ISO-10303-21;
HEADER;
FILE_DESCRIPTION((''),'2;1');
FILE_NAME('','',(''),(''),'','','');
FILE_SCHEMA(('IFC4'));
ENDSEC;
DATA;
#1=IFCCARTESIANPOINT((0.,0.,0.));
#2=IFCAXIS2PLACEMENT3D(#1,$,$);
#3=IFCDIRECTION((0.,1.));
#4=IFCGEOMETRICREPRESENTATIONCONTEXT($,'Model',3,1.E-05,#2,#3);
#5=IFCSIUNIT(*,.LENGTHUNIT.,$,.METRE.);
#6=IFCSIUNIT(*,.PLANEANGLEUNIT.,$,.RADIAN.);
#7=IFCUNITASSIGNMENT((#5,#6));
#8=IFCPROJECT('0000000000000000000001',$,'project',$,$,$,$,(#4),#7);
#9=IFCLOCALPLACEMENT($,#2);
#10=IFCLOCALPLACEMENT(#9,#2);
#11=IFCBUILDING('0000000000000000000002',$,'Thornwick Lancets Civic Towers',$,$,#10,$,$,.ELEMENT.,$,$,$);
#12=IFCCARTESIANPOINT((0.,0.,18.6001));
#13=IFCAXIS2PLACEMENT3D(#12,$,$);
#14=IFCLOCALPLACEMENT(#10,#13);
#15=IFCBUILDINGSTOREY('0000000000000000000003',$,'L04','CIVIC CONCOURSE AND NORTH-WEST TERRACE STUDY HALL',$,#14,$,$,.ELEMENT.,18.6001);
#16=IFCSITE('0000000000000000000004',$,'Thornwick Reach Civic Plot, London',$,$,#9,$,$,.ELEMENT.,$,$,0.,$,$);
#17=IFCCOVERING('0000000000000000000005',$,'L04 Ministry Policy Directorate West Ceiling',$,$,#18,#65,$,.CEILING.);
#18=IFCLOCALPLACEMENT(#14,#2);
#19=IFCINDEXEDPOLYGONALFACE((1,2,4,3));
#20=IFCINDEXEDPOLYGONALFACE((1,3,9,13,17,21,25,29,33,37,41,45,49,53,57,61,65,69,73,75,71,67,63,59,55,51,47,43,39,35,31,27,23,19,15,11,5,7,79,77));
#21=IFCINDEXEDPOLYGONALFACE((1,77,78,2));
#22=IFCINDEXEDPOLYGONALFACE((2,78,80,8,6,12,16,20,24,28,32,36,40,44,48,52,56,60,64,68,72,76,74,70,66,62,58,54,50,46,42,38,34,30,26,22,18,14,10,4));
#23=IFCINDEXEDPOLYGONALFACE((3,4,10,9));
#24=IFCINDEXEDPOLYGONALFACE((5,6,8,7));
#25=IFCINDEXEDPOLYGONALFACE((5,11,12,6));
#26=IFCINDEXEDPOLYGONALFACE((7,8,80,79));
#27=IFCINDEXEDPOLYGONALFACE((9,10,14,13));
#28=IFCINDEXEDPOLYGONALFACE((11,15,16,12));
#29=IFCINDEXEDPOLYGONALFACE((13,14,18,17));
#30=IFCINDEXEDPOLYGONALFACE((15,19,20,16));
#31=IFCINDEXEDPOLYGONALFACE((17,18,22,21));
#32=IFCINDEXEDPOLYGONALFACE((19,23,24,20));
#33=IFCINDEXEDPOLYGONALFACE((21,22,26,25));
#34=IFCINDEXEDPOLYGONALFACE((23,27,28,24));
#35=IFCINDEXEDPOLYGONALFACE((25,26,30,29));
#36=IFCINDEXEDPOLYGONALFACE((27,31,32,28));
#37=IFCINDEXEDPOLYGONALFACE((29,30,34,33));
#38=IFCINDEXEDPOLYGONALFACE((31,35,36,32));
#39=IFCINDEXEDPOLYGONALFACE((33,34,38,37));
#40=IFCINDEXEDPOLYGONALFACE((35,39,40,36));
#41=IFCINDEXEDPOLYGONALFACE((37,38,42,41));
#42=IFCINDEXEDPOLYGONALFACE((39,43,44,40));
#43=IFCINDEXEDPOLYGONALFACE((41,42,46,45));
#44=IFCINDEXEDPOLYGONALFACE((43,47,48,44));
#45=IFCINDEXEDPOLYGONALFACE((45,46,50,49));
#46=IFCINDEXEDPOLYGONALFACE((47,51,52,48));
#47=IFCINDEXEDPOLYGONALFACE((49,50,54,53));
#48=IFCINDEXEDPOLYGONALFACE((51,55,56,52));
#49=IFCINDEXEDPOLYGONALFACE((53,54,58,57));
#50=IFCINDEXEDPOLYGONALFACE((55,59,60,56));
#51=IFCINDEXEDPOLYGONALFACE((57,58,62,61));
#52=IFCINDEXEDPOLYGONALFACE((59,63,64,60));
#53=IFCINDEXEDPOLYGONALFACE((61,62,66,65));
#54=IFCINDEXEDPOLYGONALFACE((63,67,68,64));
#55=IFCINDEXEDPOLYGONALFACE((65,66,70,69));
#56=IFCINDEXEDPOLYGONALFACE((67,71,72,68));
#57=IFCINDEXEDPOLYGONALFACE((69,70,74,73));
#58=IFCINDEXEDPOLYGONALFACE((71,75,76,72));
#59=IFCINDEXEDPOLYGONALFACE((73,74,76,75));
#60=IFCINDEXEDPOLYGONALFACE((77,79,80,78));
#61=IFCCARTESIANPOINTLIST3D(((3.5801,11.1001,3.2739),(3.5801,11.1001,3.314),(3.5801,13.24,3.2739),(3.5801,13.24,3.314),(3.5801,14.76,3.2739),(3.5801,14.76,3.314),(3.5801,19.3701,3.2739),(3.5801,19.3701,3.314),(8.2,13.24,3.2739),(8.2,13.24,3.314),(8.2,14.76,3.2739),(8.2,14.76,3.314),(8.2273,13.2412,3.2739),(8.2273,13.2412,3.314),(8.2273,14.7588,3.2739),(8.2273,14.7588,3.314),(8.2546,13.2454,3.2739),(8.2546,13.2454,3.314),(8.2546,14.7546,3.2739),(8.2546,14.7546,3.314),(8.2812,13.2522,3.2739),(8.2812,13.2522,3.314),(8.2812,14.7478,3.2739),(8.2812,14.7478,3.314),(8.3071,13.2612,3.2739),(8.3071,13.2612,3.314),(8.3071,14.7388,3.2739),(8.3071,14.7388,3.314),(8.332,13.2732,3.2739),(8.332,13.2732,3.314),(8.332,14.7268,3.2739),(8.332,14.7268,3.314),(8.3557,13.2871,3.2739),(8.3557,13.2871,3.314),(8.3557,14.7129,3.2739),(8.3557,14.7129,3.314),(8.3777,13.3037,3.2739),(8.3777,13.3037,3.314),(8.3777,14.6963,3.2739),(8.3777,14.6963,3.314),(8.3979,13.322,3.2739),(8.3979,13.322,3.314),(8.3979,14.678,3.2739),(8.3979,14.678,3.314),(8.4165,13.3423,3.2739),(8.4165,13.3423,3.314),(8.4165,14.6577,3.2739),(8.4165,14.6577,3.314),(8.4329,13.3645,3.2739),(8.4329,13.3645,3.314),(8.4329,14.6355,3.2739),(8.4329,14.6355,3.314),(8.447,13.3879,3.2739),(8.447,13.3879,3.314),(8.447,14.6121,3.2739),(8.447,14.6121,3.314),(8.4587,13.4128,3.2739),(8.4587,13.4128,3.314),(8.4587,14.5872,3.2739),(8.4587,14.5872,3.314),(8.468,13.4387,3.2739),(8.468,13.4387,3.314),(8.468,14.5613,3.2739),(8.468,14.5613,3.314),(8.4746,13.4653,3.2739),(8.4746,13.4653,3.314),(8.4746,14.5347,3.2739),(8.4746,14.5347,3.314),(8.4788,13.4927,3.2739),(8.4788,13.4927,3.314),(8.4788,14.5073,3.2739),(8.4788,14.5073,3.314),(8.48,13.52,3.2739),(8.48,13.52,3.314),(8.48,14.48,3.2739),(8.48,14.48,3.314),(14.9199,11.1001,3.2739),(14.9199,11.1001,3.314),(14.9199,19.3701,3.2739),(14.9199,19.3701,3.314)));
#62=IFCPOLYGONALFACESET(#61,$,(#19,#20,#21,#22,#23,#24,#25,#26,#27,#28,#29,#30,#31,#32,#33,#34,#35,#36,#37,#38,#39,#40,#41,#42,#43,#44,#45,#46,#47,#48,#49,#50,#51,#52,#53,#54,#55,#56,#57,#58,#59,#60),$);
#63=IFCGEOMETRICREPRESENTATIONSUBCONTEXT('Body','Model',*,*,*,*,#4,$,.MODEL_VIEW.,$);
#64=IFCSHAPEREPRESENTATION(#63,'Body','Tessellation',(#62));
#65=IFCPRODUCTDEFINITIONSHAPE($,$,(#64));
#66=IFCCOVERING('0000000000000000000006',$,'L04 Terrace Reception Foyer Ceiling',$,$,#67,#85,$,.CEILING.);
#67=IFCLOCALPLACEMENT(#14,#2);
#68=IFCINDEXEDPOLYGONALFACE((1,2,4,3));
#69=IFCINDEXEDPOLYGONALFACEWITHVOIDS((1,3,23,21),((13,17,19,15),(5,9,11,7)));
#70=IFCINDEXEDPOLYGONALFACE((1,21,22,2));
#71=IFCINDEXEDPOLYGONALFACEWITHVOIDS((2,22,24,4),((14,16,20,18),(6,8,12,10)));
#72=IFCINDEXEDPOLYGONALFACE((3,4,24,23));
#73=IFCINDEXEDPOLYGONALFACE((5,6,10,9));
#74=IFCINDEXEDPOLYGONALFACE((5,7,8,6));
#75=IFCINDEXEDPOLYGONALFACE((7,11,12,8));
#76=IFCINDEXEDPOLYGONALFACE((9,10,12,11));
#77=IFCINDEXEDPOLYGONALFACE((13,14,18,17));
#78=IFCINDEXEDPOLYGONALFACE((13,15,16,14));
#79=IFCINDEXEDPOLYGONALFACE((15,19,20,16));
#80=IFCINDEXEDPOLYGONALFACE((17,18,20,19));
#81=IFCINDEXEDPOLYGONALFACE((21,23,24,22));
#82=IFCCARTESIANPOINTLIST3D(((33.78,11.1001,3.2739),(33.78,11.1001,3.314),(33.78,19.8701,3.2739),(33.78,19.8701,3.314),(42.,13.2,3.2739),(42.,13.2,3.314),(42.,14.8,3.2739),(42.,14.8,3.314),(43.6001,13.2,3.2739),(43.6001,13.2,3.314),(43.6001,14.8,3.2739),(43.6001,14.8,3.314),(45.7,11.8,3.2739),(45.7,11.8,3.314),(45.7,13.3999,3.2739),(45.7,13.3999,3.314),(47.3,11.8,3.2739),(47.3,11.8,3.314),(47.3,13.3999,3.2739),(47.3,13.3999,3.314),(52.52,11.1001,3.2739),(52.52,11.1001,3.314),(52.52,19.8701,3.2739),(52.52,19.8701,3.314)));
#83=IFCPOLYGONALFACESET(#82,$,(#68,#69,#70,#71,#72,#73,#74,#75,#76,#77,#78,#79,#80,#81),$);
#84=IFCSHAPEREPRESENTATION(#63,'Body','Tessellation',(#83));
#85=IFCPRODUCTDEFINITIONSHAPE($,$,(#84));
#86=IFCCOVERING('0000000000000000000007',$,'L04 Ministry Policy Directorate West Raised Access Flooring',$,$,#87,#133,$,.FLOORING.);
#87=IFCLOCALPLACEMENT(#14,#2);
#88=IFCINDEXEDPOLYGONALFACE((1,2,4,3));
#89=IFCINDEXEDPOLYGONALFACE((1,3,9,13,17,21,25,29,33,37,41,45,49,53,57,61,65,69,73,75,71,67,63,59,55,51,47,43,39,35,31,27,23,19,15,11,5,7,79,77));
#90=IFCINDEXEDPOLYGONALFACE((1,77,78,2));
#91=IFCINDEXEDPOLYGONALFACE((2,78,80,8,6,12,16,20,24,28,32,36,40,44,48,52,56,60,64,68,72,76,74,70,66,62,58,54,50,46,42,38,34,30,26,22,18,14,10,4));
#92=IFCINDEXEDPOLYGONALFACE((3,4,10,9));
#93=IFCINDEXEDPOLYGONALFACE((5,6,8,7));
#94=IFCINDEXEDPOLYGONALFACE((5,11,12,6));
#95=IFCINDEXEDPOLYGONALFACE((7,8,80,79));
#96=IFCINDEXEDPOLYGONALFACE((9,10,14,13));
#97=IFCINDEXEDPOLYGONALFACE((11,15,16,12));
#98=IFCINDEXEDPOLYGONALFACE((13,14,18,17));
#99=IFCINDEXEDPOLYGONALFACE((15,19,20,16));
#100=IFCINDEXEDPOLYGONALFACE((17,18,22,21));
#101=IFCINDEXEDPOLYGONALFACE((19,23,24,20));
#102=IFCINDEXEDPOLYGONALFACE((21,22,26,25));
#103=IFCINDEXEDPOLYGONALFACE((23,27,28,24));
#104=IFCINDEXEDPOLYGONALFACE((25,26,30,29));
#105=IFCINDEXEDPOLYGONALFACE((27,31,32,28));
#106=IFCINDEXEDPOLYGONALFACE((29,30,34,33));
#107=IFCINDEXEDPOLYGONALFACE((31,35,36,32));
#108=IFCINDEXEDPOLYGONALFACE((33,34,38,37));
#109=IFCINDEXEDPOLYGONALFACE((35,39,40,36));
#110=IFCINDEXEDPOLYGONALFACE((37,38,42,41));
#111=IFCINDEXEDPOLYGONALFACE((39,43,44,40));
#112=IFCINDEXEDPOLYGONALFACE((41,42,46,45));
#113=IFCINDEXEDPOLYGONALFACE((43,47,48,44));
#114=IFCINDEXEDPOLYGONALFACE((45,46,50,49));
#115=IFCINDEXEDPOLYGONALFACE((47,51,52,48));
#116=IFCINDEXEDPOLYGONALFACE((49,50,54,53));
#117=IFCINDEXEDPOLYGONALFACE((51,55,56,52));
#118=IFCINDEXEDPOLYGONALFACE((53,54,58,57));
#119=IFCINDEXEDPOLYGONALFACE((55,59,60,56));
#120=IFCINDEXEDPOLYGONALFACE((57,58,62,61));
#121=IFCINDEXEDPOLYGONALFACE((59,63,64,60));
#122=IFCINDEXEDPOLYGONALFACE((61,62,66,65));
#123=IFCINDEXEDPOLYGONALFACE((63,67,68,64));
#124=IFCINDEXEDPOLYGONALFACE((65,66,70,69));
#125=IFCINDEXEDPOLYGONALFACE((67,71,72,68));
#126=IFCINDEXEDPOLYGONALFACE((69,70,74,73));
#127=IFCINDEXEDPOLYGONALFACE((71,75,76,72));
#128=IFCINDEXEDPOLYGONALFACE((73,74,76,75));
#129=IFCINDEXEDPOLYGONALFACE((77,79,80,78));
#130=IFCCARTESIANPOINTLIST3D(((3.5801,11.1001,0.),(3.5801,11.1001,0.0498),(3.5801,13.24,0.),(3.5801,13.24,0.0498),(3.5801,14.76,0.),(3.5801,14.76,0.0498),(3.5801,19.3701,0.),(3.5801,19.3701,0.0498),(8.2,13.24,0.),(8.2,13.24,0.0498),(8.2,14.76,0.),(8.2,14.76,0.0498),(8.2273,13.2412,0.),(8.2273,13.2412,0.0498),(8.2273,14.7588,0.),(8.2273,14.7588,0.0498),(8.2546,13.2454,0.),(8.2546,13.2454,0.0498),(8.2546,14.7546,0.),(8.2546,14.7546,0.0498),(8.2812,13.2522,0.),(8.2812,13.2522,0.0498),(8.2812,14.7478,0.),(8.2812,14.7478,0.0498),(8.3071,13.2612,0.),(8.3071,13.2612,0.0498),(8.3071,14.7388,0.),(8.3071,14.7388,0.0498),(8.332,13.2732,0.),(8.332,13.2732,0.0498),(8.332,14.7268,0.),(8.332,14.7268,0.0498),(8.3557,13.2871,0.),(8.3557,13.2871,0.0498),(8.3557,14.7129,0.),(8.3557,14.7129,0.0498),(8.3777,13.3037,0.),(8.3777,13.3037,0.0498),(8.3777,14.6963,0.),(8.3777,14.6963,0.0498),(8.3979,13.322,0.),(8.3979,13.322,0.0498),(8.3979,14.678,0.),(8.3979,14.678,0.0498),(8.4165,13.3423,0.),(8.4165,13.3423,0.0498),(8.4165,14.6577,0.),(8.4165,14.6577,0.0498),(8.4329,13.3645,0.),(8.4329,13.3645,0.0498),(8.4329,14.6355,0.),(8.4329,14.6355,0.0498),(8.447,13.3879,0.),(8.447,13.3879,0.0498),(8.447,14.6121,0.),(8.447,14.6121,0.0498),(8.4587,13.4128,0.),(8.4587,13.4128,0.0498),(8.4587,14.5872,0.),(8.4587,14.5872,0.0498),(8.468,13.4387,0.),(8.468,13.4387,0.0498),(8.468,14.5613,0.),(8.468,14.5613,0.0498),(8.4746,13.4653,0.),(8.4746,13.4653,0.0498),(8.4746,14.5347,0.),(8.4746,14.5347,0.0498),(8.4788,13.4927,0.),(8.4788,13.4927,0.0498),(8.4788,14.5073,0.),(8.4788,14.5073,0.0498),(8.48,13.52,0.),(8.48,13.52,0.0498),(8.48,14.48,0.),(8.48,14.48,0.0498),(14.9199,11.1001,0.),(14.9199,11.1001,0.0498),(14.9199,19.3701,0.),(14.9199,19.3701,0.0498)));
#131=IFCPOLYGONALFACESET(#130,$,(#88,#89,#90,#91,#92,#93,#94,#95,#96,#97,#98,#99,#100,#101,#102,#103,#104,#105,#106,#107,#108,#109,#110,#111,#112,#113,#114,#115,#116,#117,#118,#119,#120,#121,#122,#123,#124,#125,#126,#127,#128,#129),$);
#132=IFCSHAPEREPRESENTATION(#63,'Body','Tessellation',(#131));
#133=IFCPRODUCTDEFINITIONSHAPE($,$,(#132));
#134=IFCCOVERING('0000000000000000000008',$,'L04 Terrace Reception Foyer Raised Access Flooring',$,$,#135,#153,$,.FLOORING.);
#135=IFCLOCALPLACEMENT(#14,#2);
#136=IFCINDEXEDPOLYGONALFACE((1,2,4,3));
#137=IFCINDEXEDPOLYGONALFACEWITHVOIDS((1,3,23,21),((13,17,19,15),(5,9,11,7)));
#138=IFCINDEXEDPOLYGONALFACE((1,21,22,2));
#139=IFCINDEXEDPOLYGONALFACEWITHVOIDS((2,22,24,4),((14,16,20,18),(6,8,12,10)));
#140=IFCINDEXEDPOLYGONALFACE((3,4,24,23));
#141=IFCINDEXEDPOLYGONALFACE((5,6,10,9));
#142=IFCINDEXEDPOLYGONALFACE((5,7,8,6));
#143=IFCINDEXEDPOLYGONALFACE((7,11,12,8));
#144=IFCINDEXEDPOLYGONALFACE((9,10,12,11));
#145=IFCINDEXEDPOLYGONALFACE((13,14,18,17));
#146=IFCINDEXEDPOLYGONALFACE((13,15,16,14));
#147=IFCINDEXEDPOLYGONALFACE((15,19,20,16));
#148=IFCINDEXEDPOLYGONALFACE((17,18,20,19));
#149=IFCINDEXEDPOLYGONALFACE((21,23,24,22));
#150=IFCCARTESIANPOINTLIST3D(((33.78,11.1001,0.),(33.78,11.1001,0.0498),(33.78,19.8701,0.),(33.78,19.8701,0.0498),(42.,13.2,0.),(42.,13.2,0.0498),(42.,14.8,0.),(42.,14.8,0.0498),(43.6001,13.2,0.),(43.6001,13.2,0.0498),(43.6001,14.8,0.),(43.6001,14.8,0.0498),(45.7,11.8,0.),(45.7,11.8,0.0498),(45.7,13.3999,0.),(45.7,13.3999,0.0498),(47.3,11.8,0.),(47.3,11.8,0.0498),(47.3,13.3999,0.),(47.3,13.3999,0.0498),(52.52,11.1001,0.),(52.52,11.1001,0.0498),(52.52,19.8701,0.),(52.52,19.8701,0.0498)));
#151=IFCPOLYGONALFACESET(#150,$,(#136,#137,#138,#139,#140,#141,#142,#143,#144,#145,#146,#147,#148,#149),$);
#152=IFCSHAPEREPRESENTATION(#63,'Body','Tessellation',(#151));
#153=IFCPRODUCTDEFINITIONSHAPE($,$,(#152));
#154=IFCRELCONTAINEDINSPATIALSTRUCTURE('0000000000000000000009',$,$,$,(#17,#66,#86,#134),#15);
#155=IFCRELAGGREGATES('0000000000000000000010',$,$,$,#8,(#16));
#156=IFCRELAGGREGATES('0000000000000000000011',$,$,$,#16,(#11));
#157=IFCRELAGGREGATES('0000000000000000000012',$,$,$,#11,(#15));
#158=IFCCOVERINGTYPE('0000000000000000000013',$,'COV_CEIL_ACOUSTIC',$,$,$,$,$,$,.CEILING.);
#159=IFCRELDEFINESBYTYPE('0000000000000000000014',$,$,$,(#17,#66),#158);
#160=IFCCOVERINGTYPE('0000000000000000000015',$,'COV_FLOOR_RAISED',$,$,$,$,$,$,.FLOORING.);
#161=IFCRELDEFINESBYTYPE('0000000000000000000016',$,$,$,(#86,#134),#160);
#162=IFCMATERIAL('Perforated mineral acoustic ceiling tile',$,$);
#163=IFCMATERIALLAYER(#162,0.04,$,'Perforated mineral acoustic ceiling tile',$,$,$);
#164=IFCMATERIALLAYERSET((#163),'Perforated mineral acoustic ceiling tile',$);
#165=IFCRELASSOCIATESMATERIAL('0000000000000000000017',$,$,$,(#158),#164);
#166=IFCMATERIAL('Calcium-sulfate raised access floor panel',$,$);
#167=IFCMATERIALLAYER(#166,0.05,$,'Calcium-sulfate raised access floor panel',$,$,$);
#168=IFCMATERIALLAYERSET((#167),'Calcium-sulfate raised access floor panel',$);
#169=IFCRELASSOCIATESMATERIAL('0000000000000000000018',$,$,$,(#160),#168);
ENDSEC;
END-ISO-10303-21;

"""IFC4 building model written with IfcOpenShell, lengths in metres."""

from ifc_helpers import new_model, si_unit, direction, frame, origin, place, context, subcontext, project, spatial, polyline, outline, extrude, material, layer, layer_set, type_object, element, save


model = new_model("IFC4")

# Units and contexts
model_context = context("Model", 3, precision=1e-05, world=origin(), true_north=direction((0.0, 1.0)))
body_context = subcontext(model_context, "Body", "Model", "MODEL_VIEW")
ifc_project = project(units=[si_unit("LENGTHUNIT", "METRE"), si_unit("PLANEANGLEUNIT", "RADIAN")], contexts=[model_context])

# Site, building, storey
site_placement = place(None, origin())
site = spatial("IfcSite", under=ifc_project, at=site_placement, Name="Thornwick Reach Civic Plot, London", CompositionType="ELEMENT", RefElevation=0.0)
building_placement = place(site_placement, origin())
building = spatial("IfcBuilding", under=site, at=building_placement, Name="Thornwick Lancets Civic Towers", CompositionType="ELEMENT")
storey_placement = place(building_placement, frame((0.0, 0.0, 18.6001)))
storey = spatial("IfcBuildingStorey", under=building, at=storey_placement, Name="L04", Description="CIVIC CONCOURSE AND NORTH-WEST TERRACE STUDY HALL", CompositionType="ELEMENT", Elevation=18.6001)

# Coverings
ifc_material_1 = material(Name="Perforated mineral acoustic ceiling tile")
ifc_layer_1 = layer(ifc_material_1, 0.04, Name="Perforated mineral acoustic ceiling tile")
ifc_layer_set_1 = layer_set([ifc_layer_1], Name="Perforated mineral acoustic ceiling tile")
covering_type_1 = type_object("IfcCoveringType", Name="COV_CEIL_ACOUSTIC", PredefinedType="CEILING", material=ifc_layer_set_1)
covering_1_placement = place(storey_placement, frame((0.0, 0.0, 3.2739)))
element("IfcCovering", 1, at=covering_1_placement, inside=storey, type_object=covering_type_1, Name="L04 Ministry Policy Directorate West Ceiling", PredefinedType="CEILING", context=body_context, shape_type="SweptSolid", body=[
    extrude(outline(polyline([(14.9199, 19.3701), (14.9199, 11.1001), (3.5801, 11.1001), (3.5801, 13.24), (8.2, 13.24), (8.2273, 13.2412), (8.2546, 13.2454), (8.2812, 13.2522), (8.3071, 13.2612), (8.332, 13.2732), (8.3557, 13.2871), (8.3777, 13.3037), (8.3979, 13.322), (8.4165, 13.3423), (8.4329, 13.3645), (8.447, 13.3879), (8.4587, 13.4128), (8.468, 13.4387), (8.4746, 13.4653), (8.4788, 13.4927), (8.48, 13.52), (8.48, 14.48), (8.4788, 14.5073), (8.4746, 14.5347), (8.468, 14.5613), (8.4587, 14.5872), (8.447, 14.6121), (8.4329, 14.6355), (8.4165, 14.6577), (8.3979, 14.678), (8.3777, 14.6963), (8.3557, 14.7129), (8.332, 14.7268), (8.3071, 14.7388), (8.2812, 14.7478), (8.2546, 14.7546), (8.2273, 14.7588), (8.2, 14.76), (3.5801, 14.76), (3.5801, 19.3701), (14.9199, 19.3701)])), origin(), (0.0, 0.0, 1.0), 0.04),
])
covering_2_placement = place(storey_placement, frame((0.0, 0.0, 3.2739)))
element("IfcCovering", 2, at=covering_2_placement, inside=storey, type_object=covering_type_1, Name="L04 Terrace Reception Foyer Ceiling", PredefinedType="CEILING", context=body_context, shape_type="SweptSolid", body=[
    extrude(outline(polyline([(33.78, 19.8701), (52.52, 19.8701), (52.52, 11.1001), (33.78, 11.1001), (33.78, 19.8701)]), holes=[polyline([(42.0, 13.2), (43.6001, 13.2), (43.6001, 14.8), (42.0, 14.8), (42.0, 13.2)]), polyline([(45.7, 11.8), (47.3, 11.8), (47.3, 13.3999), (45.7, 13.3999), (45.7, 11.8)])]), origin(), (0.0, 0.0, 1.0), 0.04),
])
ifc_material_2 = material(Name="Calcium-sulfate raised access floor panel")
ifc_layer_2 = layer(ifc_material_2, 0.05, Name="Calcium-sulfate raised access floor panel")
ifc_layer_set_2 = layer_set([ifc_layer_2], Name="Calcium-sulfate raised access floor panel")
covering_type_2 = type_object("IfcCoveringType", Name="COV_FLOOR_RAISED", PredefinedType="FLOORING", material=ifc_layer_set_2)
covering_3_placement = place(storey_placement, origin())
element("IfcCovering", 3, at=covering_3_placement, inside=storey, type_object=covering_type_2, Name="L04 Ministry Policy Directorate West Raised Access Flooring", PredefinedType="FLOORING", context=body_context, shape_type="SweptSolid", body=[
    extrude(outline(polyline([(14.9199, 19.3701), (14.9199, 11.1001), (3.5801, 11.1001), (3.5801, 13.24), (8.2, 13.24), (8.2273, 13.2412), (8.2546, 13.2454), (8.2812, 13.2522), (8.3071, 13.2612), (8.332, 13.2732), (8.3557, 13.2871), (8.3777, 13.3037), (8.3979, 13.322), (8.4165, 13.3423), (8.4329, 13.3645), (8.447, 13.3879), (8.4587, 13.4128), (8.468, 13.4387), (8.4746, 13.4653), (8.4788, 13.4927), (8.48, 13.52), (8.48, 14.48), (8.4788, 14.5073), (8.4746, 14.5347), (8.468, 14.5613), (8.4587, 14.5872), (8.447, 14.6121), (8.4329, 14.6355), (8.4165, 14.6577), (8.3979, 14.678), (8.3777, 14.6963), (8.3557, 14.7129), (8.332, 14.7268), (8.3071, 14.7388), (8.2812, 14.7478), (8.2546, 14.7546), (8.2273, 14.7588), (8.2, 14.76), (3.5801, 14.76), (3.5801, 19.3701), (14.9199, 19.3701)])), origin(), (0.0, 0.0, 1.0), 0.0498),
])
covering_4_placement = place(storey_placement, origin())
element("IfcCovering", 4, at=covering_4_placement, inside=storey, type_object=covering_type_2, Name="L04 Terrace Reception Foyer Raised Access Flooring", PredefinedType="FLOORING", context=body_context, shape_type="SweptSolid", body=[
    extrude(outline(polyline([(33.78, 19.8701), (52.52, 19.8701), (52.52, 11.1001), (33.78, 11.1001), (33.78, 19.8701)]), holes=[polyline([(42.0, 13.2), (43.6001, 13.2), (43.6001, 14.8), (42.0, 14.8), (42.0, 13.2)]), polyline([(45.7, 11.8), (47.3, 11.8), (47.3, 13.3999), (45.7, 13.3999), (45.7, 11.8)])]), origin(), (0.0, 0.0, 1.0), 0.0498),
])

save(model, "model.ifc")
